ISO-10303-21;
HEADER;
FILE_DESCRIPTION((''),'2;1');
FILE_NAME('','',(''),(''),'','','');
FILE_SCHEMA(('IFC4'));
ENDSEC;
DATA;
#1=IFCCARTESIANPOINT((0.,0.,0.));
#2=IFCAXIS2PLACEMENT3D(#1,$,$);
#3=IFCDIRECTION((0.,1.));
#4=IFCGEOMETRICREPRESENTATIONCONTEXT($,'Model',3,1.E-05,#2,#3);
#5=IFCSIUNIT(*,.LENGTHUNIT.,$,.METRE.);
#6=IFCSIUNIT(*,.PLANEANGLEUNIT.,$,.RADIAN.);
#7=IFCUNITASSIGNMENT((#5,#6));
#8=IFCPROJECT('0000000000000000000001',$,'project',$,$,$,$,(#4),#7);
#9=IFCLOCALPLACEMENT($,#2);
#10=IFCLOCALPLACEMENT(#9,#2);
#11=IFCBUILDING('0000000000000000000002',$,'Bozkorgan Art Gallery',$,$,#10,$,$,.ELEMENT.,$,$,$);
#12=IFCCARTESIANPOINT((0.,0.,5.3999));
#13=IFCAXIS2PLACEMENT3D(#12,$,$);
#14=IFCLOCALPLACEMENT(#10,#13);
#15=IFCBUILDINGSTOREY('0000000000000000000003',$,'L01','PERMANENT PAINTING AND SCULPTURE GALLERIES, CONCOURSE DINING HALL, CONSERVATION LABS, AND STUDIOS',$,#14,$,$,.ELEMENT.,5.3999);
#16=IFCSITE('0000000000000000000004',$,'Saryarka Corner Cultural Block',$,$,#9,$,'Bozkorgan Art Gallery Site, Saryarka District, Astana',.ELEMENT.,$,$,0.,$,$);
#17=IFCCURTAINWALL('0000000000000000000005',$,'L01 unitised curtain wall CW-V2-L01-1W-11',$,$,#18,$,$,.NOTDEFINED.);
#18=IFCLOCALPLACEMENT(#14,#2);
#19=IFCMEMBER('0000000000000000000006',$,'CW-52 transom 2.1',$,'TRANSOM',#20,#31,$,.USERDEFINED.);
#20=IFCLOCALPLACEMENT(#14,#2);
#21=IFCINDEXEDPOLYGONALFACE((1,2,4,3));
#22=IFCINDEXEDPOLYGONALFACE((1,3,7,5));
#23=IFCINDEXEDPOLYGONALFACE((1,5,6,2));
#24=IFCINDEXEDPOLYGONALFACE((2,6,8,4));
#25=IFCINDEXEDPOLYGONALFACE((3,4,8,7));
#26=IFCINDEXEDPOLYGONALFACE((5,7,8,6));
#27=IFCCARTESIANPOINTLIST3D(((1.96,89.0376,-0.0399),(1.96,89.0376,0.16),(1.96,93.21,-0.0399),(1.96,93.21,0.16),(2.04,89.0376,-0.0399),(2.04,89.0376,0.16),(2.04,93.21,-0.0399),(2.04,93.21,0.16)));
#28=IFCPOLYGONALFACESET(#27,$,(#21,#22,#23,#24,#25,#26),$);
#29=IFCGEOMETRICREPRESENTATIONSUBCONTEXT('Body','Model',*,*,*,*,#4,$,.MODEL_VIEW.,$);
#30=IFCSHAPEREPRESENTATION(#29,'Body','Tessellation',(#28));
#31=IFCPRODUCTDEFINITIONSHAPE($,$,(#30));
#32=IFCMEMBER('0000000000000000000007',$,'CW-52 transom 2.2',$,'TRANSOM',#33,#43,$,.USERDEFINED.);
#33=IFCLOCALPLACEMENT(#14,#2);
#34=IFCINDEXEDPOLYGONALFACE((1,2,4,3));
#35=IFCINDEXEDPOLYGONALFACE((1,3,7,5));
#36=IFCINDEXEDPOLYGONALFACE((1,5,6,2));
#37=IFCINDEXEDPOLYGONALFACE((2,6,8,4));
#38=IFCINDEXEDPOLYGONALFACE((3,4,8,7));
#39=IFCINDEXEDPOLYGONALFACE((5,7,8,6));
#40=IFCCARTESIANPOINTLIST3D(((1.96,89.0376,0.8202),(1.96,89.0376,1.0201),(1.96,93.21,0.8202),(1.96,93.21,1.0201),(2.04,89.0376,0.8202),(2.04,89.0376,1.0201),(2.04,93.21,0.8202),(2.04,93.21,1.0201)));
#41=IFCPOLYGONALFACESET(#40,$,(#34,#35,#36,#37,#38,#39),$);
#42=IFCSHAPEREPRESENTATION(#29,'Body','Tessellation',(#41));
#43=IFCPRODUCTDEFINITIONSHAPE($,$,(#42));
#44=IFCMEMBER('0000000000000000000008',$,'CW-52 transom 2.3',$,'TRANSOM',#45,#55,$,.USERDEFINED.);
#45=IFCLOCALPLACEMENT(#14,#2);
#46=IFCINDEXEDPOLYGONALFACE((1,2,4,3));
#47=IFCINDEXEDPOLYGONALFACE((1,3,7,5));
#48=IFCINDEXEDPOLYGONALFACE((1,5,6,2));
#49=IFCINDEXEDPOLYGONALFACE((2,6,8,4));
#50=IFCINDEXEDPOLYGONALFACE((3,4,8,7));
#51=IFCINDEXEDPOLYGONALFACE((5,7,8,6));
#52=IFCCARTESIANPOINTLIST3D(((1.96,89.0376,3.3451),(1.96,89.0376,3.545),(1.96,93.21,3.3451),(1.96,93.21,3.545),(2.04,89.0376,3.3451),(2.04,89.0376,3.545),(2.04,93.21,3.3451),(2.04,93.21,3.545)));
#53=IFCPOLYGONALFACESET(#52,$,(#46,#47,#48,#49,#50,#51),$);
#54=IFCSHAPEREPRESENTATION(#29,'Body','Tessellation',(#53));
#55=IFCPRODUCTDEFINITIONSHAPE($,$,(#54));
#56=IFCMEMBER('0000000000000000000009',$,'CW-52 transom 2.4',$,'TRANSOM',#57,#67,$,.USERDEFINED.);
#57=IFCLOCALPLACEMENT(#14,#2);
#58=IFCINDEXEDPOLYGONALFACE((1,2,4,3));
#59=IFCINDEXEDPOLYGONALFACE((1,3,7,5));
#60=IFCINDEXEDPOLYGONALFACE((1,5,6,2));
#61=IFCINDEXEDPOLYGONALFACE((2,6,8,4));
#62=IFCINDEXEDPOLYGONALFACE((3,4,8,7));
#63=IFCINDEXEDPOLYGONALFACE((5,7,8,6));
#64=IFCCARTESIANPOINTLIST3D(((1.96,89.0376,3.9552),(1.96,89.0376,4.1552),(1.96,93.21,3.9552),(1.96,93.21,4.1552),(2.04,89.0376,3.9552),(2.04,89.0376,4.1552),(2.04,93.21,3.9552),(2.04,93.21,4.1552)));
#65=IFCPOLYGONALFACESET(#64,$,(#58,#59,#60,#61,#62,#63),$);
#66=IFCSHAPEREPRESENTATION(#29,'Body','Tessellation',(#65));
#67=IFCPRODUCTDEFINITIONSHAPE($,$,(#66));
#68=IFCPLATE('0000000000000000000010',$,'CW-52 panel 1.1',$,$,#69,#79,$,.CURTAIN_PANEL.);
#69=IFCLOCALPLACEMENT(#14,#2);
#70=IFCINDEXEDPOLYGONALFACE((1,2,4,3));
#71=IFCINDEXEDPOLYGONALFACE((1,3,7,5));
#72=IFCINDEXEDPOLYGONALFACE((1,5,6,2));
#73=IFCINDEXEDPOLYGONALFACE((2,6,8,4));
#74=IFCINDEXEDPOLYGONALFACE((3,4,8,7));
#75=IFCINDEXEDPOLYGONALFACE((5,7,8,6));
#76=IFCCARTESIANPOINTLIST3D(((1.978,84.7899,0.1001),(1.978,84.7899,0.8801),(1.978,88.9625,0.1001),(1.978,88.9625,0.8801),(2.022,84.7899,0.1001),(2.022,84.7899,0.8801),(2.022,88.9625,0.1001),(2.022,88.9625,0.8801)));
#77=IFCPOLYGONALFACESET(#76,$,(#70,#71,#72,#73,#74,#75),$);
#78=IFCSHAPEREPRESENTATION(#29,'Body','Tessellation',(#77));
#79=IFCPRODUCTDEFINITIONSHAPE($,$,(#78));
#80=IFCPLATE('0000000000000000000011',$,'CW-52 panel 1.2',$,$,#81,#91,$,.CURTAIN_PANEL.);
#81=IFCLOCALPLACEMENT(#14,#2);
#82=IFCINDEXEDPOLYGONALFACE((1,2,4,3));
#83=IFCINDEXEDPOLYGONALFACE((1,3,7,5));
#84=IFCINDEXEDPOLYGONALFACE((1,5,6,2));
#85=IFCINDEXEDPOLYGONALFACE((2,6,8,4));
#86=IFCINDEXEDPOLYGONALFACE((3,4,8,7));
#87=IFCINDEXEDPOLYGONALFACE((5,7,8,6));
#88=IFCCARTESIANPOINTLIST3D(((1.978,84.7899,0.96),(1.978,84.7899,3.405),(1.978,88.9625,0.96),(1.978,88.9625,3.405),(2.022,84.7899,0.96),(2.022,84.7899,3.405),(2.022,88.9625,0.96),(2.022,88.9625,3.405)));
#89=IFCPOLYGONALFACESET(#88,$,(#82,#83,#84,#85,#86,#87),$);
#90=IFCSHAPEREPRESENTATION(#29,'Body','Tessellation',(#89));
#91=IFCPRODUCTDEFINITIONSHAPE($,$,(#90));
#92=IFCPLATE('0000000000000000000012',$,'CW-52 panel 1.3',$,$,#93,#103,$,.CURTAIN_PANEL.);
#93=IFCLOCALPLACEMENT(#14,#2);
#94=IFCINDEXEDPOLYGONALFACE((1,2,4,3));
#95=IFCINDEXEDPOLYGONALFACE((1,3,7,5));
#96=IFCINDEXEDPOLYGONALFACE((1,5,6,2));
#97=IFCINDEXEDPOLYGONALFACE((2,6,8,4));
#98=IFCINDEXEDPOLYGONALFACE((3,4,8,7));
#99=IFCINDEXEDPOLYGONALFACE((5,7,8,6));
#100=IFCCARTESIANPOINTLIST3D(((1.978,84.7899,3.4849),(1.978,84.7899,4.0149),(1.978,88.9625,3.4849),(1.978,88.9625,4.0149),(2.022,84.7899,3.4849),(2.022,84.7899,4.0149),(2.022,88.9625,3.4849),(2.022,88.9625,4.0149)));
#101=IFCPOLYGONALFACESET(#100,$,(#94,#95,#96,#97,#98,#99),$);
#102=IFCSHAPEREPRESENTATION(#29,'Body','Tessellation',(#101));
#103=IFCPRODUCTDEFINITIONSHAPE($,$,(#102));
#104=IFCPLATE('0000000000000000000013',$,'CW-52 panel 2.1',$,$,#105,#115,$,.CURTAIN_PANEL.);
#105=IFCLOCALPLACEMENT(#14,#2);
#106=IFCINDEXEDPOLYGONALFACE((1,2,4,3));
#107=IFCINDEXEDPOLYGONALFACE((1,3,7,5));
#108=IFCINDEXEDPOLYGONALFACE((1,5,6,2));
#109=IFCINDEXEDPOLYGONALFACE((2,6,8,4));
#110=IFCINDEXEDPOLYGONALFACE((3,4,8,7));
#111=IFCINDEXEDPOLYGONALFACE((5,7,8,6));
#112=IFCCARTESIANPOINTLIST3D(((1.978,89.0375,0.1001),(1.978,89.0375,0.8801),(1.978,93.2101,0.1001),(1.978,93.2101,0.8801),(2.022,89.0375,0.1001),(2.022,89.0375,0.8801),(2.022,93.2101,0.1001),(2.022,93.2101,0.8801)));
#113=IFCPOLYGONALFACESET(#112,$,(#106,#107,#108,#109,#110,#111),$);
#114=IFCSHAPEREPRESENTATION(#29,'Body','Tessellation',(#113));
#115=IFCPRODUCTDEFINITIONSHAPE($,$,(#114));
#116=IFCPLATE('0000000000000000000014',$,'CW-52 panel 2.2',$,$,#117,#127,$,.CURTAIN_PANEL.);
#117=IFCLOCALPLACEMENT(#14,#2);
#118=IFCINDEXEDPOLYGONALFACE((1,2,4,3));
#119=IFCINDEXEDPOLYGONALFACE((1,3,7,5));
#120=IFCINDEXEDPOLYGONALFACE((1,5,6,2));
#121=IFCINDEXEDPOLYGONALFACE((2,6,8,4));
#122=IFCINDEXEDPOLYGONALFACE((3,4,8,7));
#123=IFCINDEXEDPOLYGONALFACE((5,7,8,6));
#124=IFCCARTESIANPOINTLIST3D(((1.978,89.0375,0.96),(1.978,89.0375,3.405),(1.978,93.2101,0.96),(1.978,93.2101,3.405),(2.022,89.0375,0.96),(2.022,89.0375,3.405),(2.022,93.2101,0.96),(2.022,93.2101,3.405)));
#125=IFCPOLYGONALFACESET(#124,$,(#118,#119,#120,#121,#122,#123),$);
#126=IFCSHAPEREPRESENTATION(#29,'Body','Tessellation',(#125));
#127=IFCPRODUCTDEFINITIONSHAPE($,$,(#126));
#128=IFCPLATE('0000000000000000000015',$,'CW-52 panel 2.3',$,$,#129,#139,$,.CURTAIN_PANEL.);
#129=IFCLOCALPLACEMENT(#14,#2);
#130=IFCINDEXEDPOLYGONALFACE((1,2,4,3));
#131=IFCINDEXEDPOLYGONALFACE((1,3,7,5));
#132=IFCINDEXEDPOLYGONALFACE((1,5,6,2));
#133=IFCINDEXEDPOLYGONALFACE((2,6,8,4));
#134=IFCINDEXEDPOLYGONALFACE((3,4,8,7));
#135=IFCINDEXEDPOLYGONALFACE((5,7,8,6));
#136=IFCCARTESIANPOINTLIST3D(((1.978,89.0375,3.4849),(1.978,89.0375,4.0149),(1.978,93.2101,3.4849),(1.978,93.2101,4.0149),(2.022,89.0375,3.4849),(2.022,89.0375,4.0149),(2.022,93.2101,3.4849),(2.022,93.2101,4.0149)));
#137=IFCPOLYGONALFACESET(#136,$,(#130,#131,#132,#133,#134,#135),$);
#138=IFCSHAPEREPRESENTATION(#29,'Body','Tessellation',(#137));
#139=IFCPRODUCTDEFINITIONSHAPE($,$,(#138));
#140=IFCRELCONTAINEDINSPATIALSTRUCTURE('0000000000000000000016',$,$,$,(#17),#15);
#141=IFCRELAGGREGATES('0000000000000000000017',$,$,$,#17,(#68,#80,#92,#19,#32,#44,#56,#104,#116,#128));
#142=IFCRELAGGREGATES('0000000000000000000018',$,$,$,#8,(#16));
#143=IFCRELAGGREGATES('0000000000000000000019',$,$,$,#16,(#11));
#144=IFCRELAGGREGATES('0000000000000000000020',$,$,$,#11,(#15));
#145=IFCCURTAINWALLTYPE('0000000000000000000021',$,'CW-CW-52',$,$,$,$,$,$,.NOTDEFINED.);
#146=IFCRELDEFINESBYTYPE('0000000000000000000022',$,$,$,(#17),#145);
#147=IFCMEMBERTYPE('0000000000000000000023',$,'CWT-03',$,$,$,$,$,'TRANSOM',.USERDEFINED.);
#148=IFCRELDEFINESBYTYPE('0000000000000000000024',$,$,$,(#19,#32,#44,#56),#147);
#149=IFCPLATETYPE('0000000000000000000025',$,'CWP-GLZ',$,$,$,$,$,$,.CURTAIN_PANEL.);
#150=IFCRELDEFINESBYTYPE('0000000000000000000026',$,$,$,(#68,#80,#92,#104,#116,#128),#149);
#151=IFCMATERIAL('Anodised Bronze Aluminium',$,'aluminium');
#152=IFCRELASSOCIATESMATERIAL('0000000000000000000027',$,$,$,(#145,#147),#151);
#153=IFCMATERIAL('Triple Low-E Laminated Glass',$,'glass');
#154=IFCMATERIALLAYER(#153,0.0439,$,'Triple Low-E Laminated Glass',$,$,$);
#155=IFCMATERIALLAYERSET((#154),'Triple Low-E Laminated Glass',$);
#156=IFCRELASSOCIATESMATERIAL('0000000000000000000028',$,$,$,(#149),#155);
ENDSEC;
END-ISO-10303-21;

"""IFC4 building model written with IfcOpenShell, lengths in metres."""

from ifc_helpers import new_model, si_unit, direction, frame, origin, origin_2d, place, context, subcontext, project, spatial, rectangle, extrude, material, layer, layer_set, material_profile, profile_set, type_object, element, aggregate, save


model = new_model("IFC4")

# Units and contexts
model_context = context("Model", 3, precision=1e-05, world=origin(), true_north=direction((0.0, 1.0)))
body_context = subcontext(model_context, "Body", "Model", "MODEL_VIEW")
ifc_project = project(units=[si_unit("LENGTHUNIT", "METRE"), si_unit("PLANEANGLEUNIT", "RADIAN")], contexts=[model_context])

# Site, building, storey
site_placement = place(None, origin())
site = spatial("IfcSite", under=ifc_project, at=site_placement, Name="Saryarka Corner Cultural Block", LongName="Bozkorgan Art Gallery Site, Saryarka District, Astana", CompositionType="ELEMENT", RefElevation=0.0)
building_placement = place(site_placement, origin())
building = spatial("IfcBuilding", under=site, at=building_placement, Name="Bozkorgan Art Gallery", CompositionType="ELEMENT")
storey_placement = place(building_placement, frame((0.0, 0.0, 5.3999)))
storey = spatial("IfcBuildingStorey", under=building, at=storey_placement, Name="L01", Description="PERMANENT PAINTING AND SCULPTURE GALLERIES, CONCOURSE DINING HALL, CONSERVATION LABS, AND STUDIOS", CompositionType="ELEMENT", Elevation=5.3999)

# Curtain wall, members, plates
ifc_material_1 = material(Name="Anodised Bronze Aluminium", Category="aluminium")
curtain_wall_type = type_object("IfcCurtainWallType", Name="CW-CW-52", PredefinedType="NOTDEFINED", material=ifc_material_1)
curtain_wall_placement = place(storey_placement, origin())
curtain_wall = element("IfcCurtainWall", 1, at=curtain_wall_placement, inside=storey, type_object=curtain_wall_type, Name="L01 unitised curtain wall CW-V2-L01-1W-11", PredefinedType="NOTDEFINED")
ifc_material_profile_1 = material_profile(ifc_material_1, rectangle(XDim=0.0801, YDim=0.2, at=origin_2d()), Name="ALU TRANSOM 80x200")
ifc_profile_set_1 = profile_set([ifc_material_profile_1], Name="Anodised Bronze Aluminium")
member_type_1 = type_object("IfcMemberType", Name="CWT-03", ElementType="TRANSOM", PredefinedType="USERDEFINED", material=ifc_profile_set_1)
member_1_placement = place(storey_placement, frame((2.0, 89.0376, 0.0601), z_axis=(0.0, 1.0, 0.0), x_axis=(-1.0, 0.0, 0.0)))
member_1 = element("IfcMember", 2, at=member_1_placement, type_object=member_type_1, Name="CW-52 transom 2.1", ObjectType="TRANSOM", PredefinedType="USERDEFINED", context=body_context, shape_type="SweptSolid", body=[
    extrude(rectangle(XDim=0.0801, YDim=0.2, at=origin_2d()), origin(), (0.0, 0.0, 1.0), 4.1724),
])
member_2_placement = place(storey_placement, frame((2.0, 89.0376, 0.9202), z_axis=(0.0, 1.0, 0.0), x_axis=(-1.0, 0.0, 0.0)))
member_2 = element("IfcMember", 3, at=member_2_placement, type_object=member_type_1, Name="CW-52 transom 2.2", ObjectType="TRANSOM", PredefinedType="USERDEFINED", context=body_context, shape_type="SweptSolid", body=[
    extrude(rectangle(XDim=0.0801, YDim=0.2, at=origin_2d()), origin(), (0.0, 0.0, 1.0), 4.1724),
])
member_3_placement = place(storey_placement, frame((2.0, 89.0376, 3.4451), z_axis=(0.0, 1.0, 0.0), x_axis=(-1.0, 0.0, 0.0)))
member_3 = element("IfcMember", 4, at=member_3_placement, type_object=member_type_1, Name="CW-52 transom 2.3", ObjectType="TRANSOM", PredefinedType="USERDEFINED", context=body_context, shape_type="SweptSolid", body=[
    extrude(rectangle(XDim=0.0801, YDim=0.2, at=origin_2d()), origin(), (0.0, 0.0, 1.0), 4.1724),
])
member_4_placement = place(storey_placement, frame((2.0, 89.0376, 4.0552), z_axis=(0.0, 1.0, 0.0), x_axis=(-1.0, 0.0, 0.0)))
member_4 = element("IfcMember", 5, at=member_4_placement, type_object=member_type_1, Name="CW-52 transom 2.4", ObjectType="TRANSOM", PredefinedType="USERDEFINED", context=body_context, shape_type="SweptSolid", body=[
    extrude(rectangle(XDim=0.0801, YDim=0.2, at=origin_2d()), origin(), (0.0, 0.0, 1.0), 4.1724),
])
ifc_material_2 = material(Name="Triple Low-E Laminated Glass", Category="glass")
ifc_layer = layer(ifc_material_2, 0.0439, Name="Triple Low-E Laminated Glass")
ifc_layer_set = layer_set([ifc_layer], Name="Triple Low-E Laminated Glass")
plate_type = type_object("IfcPlateType", Name="CWP-GLZ", PredefinedType="CURTAIN_PANEL", material=ifc_layer_set)
plate_1_placement = place(storey_placement, frame((2.0, 86.8762, 0.1001), z_axis=(0.0, 0.0, 1.0), x_axis=(0.0, 1.0, 0.0)))
plate_1 = element("IfcPlate", 6, at=plate_1_placement, type_object=plate_type, Name="CW-52 panel 1.1", PredefinedType="CURTAIN_PANEL", context=body_context, shape_type="SweptSolid", body=[
    extrude(rectangle(XDim=4.1726, YDim=0.0439, at=origin_2d()), origin(), (0.0, 0.0, 1.0), 0.78),
])
plate_2_placement = place(storey_placement, frame((2.0, 86.8762, 0.96), z_axis=(0.0, 0.0, 1.0), x_axis=(0.0, 1.0, 0.0)))
plate_2 = element("IfcPlate", 7, at=plate_2_placement, type_object=plate_type, Name="CW-52 panel 1.2", PredefinedType="CURTAIN_PANEL", context=body_context, shape_type="SweptSolid", body=[
    extrude(rectangle(XDim=4.1726, YDim=0.0439, at=origin_2d()), origin(), (0.0, 0.0, 1.0), 2.4451),
])
plate_3_placement = place(storey_placement, frame((2.0, 86.8762, 3.4849), z_axis=(0.0, 0.0, 1.0), x_axis=(0.0, 1.0, 0.0)))
plate_3 = element("IfcPlate", 8, at=plate_3_placement, type_object=plate_type, Name="CW-52 panel 1.3", PredefinedType="CURTAIN_PANEL", context=body_context, shape_type="SweptSolid", body=[
    extrude(rectangle(XDim=4.1726, YDim=0.0439, at=origin_2d()), origin(), (0.0, 0.0, 1.0), 0.53),
])
plate_4_placement = place(storey_placement, frame((2.0, 91.1238, 0.1001), z_axis=(0.0, 0.0, 1.0), x_axis=(0.0, 1.0, 0.0)))
plate_4 = element("IfcPlate", 9, at=plate_4_placement, type_object=plate_type, Name="CW-52 panel 2.1", PredefinedType="CURTAIN_PANEL", context=body_context, shape_type="SweptSolid", body=[
    extrude(rectangle(XDim=4.1726, YDim=0.0439, at=origin_2d()), origin(), (0.0, 0.0, 1.0), 0.78),
])
plate_5_placement = place(storey_placement, frame((2.0, 91.1238, 0.96), z_axis=(0.0, 0.0, 1.0), x_axis=(0.0, 1.0, 0.0)))
plate_5 = element("IfcPlate", 10, at=plate_5_placement, type_object=plate_type, Name="CW-52 panel 2.2", PredefinedType="CURTAIN_PANEL", context=body_context, shape_type="SweptSolid", body=[
    extrude(rectangle(XDim=4.1726, YDim=0.0439, at=origin_2d()), origin(), (0.0, 0.0, 1.0), 2.4451),
])
plate_6_placement = place(storey_placement, frame((2.0, 91.1238, 3.4849), z_axis=(0.0, 0.0, 1.0), x_axis=(0.0, 1.0, 0.0)))
plate_6 = element("IfcPlate", 11, at=plate_6_placement, type_object=plate_type, Name="CW-52 panel 2.3", PredefinedType="CURTAIN_PANEL", context=body_context, shape_type="SweptSolid", body=[
    extrude(rectangle(XDim=4.1726, YDim=0.0439, at=origin_2d()), origin(), (0.0, 0.0, 1.0), 0.53),
])
aggregate(curtain_wall, [plate_1, plate_2, plate_3, member_1, member_2, member_3, member_4, plate_4, plate_5, plate_6])

save(model, "model.ifc")
